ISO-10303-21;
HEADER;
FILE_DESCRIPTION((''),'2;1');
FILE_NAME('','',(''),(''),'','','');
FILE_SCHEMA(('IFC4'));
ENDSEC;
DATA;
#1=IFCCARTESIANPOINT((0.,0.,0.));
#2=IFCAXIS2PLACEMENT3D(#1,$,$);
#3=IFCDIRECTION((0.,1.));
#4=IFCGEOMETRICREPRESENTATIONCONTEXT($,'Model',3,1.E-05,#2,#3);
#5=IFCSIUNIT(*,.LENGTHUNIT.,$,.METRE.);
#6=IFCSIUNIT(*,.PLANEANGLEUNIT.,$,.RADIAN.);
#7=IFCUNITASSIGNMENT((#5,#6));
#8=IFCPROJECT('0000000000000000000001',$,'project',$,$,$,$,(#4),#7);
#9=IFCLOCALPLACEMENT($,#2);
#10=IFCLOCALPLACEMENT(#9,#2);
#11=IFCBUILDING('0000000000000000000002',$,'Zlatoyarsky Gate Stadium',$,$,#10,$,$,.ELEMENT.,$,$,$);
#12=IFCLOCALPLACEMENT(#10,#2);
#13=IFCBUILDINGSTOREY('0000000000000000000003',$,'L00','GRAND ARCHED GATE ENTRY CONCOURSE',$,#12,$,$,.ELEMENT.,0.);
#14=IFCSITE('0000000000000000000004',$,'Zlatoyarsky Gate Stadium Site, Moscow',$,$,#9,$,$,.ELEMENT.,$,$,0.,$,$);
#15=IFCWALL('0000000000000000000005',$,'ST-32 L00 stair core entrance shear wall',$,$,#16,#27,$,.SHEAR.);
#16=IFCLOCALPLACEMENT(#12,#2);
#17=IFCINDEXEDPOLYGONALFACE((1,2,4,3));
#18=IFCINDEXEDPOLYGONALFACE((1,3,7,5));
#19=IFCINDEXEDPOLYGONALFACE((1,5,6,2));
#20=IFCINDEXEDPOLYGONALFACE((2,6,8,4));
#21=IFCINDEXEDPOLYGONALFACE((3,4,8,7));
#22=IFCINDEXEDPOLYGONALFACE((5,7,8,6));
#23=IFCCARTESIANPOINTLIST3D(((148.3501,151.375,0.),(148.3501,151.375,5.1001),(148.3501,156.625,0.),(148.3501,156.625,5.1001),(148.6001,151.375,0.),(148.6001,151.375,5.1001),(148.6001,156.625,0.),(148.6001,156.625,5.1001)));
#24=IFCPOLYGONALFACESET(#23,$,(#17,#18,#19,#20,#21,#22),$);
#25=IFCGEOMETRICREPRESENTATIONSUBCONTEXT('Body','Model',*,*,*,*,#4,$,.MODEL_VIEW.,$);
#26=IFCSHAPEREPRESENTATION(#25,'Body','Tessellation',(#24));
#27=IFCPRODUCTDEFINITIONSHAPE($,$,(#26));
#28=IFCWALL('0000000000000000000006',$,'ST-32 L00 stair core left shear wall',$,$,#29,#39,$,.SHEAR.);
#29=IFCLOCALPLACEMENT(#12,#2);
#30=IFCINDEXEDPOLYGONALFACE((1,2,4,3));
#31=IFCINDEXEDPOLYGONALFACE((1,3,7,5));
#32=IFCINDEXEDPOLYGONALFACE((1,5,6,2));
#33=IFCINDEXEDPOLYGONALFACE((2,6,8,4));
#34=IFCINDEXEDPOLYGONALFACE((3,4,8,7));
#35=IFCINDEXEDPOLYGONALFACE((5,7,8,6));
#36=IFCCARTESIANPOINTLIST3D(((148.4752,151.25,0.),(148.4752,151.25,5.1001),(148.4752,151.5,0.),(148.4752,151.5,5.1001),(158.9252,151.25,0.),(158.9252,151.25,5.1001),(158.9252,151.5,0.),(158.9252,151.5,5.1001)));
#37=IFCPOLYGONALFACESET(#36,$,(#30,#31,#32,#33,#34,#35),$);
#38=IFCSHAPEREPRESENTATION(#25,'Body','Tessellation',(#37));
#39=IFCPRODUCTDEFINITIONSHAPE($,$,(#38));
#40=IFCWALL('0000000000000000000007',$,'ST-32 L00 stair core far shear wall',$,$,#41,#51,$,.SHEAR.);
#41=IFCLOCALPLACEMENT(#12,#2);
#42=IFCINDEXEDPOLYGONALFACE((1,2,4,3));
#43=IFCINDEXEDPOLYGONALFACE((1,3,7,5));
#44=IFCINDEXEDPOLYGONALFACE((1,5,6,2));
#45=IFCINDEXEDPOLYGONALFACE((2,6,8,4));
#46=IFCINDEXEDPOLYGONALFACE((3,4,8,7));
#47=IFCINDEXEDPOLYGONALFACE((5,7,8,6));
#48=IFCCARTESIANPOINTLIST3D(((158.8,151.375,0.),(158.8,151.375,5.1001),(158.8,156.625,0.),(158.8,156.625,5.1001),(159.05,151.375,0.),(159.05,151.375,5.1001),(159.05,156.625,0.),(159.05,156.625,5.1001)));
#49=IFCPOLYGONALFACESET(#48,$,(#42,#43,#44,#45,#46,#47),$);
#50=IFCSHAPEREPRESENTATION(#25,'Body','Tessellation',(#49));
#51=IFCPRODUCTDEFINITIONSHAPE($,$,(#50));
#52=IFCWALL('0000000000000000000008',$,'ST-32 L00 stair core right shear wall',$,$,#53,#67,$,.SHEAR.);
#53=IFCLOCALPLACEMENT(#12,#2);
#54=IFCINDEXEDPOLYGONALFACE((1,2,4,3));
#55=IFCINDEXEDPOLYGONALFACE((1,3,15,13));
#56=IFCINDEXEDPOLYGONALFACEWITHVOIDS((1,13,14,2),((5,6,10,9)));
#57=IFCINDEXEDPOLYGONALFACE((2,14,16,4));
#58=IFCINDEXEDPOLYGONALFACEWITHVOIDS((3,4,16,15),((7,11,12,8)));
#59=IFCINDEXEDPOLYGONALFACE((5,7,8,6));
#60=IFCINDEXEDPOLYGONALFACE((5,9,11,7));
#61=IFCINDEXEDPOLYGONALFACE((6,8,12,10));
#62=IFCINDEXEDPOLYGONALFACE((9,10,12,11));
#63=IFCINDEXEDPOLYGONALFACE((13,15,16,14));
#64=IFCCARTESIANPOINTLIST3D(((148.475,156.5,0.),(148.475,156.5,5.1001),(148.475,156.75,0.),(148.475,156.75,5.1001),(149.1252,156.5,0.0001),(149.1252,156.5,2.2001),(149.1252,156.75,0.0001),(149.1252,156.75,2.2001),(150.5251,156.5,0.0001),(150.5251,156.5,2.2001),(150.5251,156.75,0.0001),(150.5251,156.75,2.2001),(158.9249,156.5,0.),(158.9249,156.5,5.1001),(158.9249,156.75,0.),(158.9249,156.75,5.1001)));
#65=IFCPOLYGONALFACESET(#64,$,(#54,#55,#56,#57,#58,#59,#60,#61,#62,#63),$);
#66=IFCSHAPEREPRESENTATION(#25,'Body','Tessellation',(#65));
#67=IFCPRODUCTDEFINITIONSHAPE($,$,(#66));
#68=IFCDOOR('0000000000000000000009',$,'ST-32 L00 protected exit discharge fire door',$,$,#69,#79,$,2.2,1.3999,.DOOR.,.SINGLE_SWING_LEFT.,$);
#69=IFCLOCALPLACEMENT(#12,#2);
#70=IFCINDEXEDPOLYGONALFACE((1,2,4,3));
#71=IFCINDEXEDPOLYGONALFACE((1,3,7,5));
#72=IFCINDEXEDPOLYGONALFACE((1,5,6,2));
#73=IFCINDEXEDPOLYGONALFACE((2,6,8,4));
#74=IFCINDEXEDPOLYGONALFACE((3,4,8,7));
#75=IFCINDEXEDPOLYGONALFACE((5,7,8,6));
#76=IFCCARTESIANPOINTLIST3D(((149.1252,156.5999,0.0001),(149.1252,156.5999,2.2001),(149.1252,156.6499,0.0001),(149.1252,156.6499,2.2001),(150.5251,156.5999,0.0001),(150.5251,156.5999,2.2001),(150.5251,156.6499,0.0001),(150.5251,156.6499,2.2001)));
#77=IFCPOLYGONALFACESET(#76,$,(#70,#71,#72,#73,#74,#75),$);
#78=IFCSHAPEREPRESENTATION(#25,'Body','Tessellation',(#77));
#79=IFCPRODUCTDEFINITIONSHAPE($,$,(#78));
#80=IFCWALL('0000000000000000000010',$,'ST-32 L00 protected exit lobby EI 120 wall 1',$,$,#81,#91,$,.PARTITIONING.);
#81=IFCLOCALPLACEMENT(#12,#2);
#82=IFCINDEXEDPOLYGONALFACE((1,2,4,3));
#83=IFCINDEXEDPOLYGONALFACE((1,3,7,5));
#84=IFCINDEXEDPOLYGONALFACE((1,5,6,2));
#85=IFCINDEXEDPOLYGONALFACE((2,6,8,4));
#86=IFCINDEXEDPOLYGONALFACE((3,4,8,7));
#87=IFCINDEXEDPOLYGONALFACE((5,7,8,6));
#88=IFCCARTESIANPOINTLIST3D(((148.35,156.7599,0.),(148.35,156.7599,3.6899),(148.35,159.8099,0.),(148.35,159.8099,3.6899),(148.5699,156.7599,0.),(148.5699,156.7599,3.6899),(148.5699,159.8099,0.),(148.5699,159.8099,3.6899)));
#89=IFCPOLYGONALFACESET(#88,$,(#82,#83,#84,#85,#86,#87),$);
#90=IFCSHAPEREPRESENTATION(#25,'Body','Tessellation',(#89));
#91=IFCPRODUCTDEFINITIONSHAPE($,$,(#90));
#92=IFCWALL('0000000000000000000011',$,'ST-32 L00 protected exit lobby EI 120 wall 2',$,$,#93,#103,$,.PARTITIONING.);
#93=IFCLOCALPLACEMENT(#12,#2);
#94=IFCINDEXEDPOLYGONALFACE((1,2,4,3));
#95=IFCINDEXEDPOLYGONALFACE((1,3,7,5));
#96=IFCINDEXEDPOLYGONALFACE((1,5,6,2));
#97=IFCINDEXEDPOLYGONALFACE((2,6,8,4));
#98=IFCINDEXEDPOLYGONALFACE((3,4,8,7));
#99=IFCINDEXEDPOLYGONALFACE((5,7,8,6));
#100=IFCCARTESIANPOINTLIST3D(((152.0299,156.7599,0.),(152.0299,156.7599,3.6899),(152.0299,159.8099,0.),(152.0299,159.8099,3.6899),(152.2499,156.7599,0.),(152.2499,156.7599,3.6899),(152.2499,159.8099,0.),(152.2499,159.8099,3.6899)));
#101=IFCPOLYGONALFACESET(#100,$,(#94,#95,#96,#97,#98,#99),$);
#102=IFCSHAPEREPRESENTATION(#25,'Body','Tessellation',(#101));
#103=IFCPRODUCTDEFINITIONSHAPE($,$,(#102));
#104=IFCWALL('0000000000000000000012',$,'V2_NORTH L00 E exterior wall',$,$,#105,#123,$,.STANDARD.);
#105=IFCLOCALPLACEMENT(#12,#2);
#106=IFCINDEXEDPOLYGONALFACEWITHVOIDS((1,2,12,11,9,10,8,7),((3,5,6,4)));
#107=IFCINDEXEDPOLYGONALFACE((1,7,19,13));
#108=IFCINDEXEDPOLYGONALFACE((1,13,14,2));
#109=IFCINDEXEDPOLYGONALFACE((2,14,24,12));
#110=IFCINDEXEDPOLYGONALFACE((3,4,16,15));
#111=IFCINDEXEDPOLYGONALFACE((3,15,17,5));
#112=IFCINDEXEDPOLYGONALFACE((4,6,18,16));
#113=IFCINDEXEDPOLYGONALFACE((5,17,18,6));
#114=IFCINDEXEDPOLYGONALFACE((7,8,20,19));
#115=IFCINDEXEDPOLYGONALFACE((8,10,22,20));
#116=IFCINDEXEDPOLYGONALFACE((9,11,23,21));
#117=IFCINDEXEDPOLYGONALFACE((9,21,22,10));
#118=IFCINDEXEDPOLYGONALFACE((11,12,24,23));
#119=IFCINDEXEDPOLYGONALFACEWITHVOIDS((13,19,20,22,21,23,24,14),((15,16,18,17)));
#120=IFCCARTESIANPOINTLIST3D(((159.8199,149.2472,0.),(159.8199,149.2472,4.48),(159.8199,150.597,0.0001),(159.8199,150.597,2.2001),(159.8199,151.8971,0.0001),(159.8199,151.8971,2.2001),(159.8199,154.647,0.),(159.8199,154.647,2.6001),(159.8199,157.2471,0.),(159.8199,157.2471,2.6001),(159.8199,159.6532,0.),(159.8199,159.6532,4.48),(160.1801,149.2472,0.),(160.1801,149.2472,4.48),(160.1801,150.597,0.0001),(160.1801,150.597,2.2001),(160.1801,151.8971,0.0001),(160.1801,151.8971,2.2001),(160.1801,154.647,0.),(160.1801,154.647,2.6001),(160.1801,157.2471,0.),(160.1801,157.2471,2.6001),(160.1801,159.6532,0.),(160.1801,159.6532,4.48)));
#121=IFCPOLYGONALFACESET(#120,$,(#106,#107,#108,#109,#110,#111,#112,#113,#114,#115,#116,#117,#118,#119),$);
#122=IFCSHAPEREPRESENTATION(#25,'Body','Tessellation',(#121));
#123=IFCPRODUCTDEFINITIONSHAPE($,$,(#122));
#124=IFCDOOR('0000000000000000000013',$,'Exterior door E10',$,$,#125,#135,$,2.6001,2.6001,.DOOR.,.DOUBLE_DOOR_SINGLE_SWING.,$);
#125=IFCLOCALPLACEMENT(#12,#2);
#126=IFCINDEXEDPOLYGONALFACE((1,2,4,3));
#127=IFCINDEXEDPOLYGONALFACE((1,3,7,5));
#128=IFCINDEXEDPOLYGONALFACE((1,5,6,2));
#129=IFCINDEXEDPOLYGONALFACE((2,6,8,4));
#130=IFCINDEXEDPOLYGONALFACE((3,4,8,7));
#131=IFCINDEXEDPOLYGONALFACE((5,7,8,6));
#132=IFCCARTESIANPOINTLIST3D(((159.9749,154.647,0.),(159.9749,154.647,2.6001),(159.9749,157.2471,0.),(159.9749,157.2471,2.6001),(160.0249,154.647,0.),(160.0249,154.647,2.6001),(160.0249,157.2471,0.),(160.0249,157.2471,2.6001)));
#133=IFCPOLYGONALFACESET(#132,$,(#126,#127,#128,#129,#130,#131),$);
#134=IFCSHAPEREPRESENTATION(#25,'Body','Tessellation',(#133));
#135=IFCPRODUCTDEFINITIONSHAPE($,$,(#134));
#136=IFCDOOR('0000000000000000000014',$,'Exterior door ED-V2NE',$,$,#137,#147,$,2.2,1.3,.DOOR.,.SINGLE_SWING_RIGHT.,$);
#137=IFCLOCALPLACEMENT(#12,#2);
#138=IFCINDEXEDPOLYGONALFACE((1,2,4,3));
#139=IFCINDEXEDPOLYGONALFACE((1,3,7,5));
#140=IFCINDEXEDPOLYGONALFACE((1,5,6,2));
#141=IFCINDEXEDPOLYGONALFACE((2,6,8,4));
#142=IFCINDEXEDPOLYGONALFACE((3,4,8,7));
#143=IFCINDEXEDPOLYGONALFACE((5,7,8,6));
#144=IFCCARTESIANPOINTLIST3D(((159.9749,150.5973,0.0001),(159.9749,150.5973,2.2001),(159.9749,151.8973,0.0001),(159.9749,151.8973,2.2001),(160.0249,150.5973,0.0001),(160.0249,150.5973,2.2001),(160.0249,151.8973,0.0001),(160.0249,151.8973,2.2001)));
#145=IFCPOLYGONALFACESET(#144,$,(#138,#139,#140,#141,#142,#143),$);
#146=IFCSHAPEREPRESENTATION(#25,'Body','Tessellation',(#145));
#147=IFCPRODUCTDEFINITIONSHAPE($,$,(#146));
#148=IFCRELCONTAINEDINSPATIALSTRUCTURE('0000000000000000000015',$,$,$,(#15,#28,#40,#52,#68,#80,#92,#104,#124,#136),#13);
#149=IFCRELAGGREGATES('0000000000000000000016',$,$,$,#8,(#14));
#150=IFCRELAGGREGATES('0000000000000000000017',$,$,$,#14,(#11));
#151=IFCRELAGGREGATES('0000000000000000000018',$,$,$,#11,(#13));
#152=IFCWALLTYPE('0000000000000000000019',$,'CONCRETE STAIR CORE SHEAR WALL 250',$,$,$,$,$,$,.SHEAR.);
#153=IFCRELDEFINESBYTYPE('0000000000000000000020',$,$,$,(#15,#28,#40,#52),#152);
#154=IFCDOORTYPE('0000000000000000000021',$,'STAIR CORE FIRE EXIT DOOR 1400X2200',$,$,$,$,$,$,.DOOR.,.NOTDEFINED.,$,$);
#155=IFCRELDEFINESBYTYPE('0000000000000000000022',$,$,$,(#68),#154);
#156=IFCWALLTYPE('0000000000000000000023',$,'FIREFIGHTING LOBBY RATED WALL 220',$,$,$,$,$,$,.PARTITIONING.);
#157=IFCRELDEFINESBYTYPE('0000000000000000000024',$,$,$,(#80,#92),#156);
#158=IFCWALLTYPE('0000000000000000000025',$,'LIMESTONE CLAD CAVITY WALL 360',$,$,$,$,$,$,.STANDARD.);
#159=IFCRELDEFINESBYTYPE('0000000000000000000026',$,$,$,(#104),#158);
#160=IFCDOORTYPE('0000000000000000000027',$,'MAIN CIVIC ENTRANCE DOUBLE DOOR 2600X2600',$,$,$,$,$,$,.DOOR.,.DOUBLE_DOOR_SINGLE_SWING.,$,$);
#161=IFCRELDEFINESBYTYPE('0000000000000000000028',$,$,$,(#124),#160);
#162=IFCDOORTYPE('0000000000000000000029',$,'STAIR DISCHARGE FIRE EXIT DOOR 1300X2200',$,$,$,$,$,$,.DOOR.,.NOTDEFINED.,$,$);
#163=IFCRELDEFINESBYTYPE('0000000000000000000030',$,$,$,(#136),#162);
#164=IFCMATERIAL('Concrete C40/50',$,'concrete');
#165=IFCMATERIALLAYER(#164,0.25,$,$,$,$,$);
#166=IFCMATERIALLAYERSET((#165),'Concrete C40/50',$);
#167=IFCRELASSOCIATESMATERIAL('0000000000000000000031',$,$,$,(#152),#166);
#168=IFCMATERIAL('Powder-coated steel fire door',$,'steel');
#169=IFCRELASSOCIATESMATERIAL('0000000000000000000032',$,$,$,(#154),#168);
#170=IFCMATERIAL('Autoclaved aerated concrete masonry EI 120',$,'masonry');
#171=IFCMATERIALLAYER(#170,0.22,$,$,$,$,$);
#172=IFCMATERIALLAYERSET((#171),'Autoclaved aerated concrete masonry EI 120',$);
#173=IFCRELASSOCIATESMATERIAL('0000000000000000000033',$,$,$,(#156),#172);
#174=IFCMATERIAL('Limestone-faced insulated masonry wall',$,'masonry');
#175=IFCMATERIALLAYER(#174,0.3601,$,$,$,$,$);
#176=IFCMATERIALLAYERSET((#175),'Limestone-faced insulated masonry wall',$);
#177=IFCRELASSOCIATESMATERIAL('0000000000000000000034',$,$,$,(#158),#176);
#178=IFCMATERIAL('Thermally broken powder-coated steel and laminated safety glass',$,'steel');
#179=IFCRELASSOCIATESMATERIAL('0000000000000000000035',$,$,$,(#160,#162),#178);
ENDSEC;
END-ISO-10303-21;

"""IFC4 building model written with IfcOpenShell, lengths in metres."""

from ifc_helpers import new_model, si_unit, direction, frame, frame_2d, origin, place, context, subcontext, project, spatial, rectangle, extrude, material, layer, layer_set, type_object, element, fill, save


model = new_model("IFC4")

# Units and contexts
model_context = context("Model", 3, precision=1e-05, world=origin(), true_north=direction((0.0, 1.0)))
body_context = subcontext(model_context, "Body", "Model", "MODEL_VIEW")
ifc_project = project(units=[si_unit("LENGTHUNIT", "METRE"), si_unit("PLANEANGLEUNIT", "RADIAN")], contexts=[model_context])

# Site, building, storey
site_placement = place(None, origin())
site = spatial("IfcSite", under=ifc_project, at=site_placement, Name="Zlatoyarsky Gate Stadium Site, Moscow", CompositionType="ELEMENT", RefElevation=0.0)
building_placement = place(site_placement, origin())
building = spatial("IfcBuilding", under=site, at=building_placement, Name="Zlatoyarsky Gate Stadium", CompositionType="ELEMENT")
storey_placement = place(building_placement, origin())
storey = spatial("IfcBuildingStorey", under=building, at=storey_placement, Name="L00", Description="GRAND ARCHED GATE ENTRY CONCOURSE", CompositionType="ELEMENT", Elevation=0.0)

# Shared definitions
ifc_material_1 = material(Name="Concrete C40/50", Category="concrete")

# Walls
ifc_layer_1 = layer(ifc_material_1, 0.25)
ifc_layer_set_1 = layer_set([ifc_layer_1], Name="Concrete C40/50")
wall_type_1 = type_object("IfcWallType", Name="CONCRETE STAIR CORE SHEAR WALL 250", PredefinedType="SHEAR", material=ifc_layer_set_1)
wall_1_placement = place(storey_placement, frame((148.4751, 156.625, 0.0), z_axis=(0.0, 0.0, 1.0), x_axis=(0.0, -1.0, 0.0)))
element("IfcWall", 1, at=wall_1_placement, inside=storey, type_object=wall_type_1, Name="ST-32 L00 stair core entrance shear wall", PredefinedType="SHEAR", context=body_context, shape_type="SweptSolid", body=[
    extrude(rectangle(XDim=5.25, YDim=0.25, at=frame_2d((2.625, 0.0))), origin(), (0.0, 0.0, 1.0), 5.1001),
])
wall_2_placement = place(storey_placement, frame((148.4751, 151.375, 0.0), z_axis=(0.0, 0.0, 1.0), x_axis=(1.0, 0.0, 0.0)))
element("IfcWall", 2, at=wall_2_placement, inside=storey, type_object=wall_type_1, Name="ST-32 L00 stair core left shear wall", PredefinedType="SHEAR", context=body_context, shape_type="SweptSolid", body=[
    extrude(rectangle(XDim=10.45, YDim=0.25, at=frame_2d((5.2251, 0.0))), origin(), (0.0, 0.0, 1.0), 5.1001),
])
wall_3_placement = place(storey_placement, frame((158.925, 151.375, 0.0), z_axis=(0.0, 0.0, 1.0), x_axis=(0.0, 1.0, 0.0)))
element("IfcWall", 3, at=wall_3_placement, inside=storey, type_object=wall_type_1, Name="ST-32 L00 stair core far shear wall", PredefinedType="SHEAR", context=body_context, shape_type="SweptSolid", body=[
    extrude(rectangle(XDim=5.25, YDim=0.25, at=frame_2d((2.625, 0.0))), origin(), (0.0, 0.0, 1.0), 5.1001),
])

# Wall, opening, door
wall_4_placement = place(storey_placement, frame((158.925, 156.625, 0.0), z_axis=(0.0, 0.0, 1.0), x_axis=(-1.0, 0.0, 0.0)))
wall_4 = element("IfcWall", 4, at=wall_4_placement, inside=storey, type_object=wall_type_1, Name="ST-32 L00 stair core right shear wall", PredefinedType="SHEAR", context=body_context, shape_type="SweptSolid", body=[
    extrude(rectangle(XDim=10.45, YDim=0.25, at=frame_2d((5.2251, 0.0))), origin(), (0.0, 0.0, 1.0), 5.1001),
])
opening_1_placement = place(wall_4_placement, frame((8.3999, 0.0, 0.0)))
opening_1 = element("IfcOpeningElement", 5, at=opening_1_placement, cuts=wall_4, PredefinedType="OPENING", context=body_context, shape_type="SweptSolid", body=[
    extrude(rectangle(XDim=1.3999, YDim=2.2, at=frame_2d((0.7, 1.1001))), frame((0.0, 0.135, 0.0), z_axis=(0.0, -1.0, 0.0), x_axis=(1.0, 0.0, 0.0)), (0.0, 0.0, 1.0), 0.27),
])
ifc_material_2 = material(Name="Powder-coated steel fire door", Category="steel")
door_type_1 = type_object("IfcDoorType", Name="STAIR CORE FIRE EXIT DOOR 1400X2200", OperationType="NOTDEFINED", PredefinedType="DOOR", material=ifc_material_2)
door_1_placement = place(opening_1_placement, frame((1.3999, 0.0, 0.0), z_axis=(0.0, 0.0, 1.0), x_axis=(-1.0, 0.0, 0.0)))
door_1 = element("IfcDoor", 6, at=door_1_placement, inside=storey, type_object=door_type_1, Name="ST-32 L00 protected exit discharge fire door", OperationType="SINGLE_SWING_LEFT", OverallHeight=2.2, OverallWidth=1.3999, PredefinedType="DOOR", context=body_context, shape_type="SweptSolid", body=[
    extrude(rectangle(XDim=1.3999, YDim=2.2, at=frame_2d((0.7, 1.1001))), frame((0.0, 0.0249, 0.0), z_axis=(0.0, -1.0, 0.0), x_axis=(1.0, 0.0, 0.0)), (0.0, 0.0, 1.0), 0.05),
])
fill(opening_1, door_1)

# Walls
ifc_material_3 = material(Name="Autoclaved aerated concrete masonry EI 120", Category="masonry")
ifc_layer_2 = layer(ifc_material_3, 0.22)
ifc_layer_set_2 = layer_set([ifc_layer_2], Name="Autoclaved aerated concrete masonry EI 120")
wall_type_2 = type_object("IfcWallType", Name="FIREFIGHTING LOBBY RATED WALL 220", PredefinedType="PARTITIONING", material=ifc_layer_set_2)
for number, where, z_axis, x_axis, name in (
    (7, (148.46, 156.76, 0.0), (0.0, 0.0, 1.0), (0.0, 1.0, 0.0), "ST-32 L00 protected exit lobby EI 120 wall 1"),
    (8, (152.1399, 156.76, 0.0), (0.0, 0.0, 1.0), (0.0, 1.0, 0.0), "ST-32 L00 protected exit lobby EI 120 wall 2"),
):
    element("IfcWall", number, at=place(storey_placement, frame(where, z_axis=z_axis, x_axis=x_axis)), inside=storey, type_object=wall_type_2, Name=name, PredefinedType="PARTITIONING", context=body_context, shape_type="SweptSolid", body=[
        extrude(rectangle(XDim=3.05, YDim=0.22, at=frame_2d((1.5249, 0.0))), origin(), (0.0, 0.0, 1.0), 3.6899),
    ])

# Wall, openings, doors
ifc_material_4 = material(Name="Limestone-faced insulated masonry wall", Category="masonry")
ifc_layer_3 = layer(ifc_material_4, 0.3601)
ifc_layer_set_3 = layer_set([ifc_layer_3], Name="Limestone-faced insulated masonry wall")
wall_type_3 = type_object("IfcWallType", Name="LIMESTONE CLAD CAVITY WALL 360", PredefinedType="STANDARD", material=ifc_layer_set_3)
wall_5_placement = place(storey_placement, frame((160.0, 149.2471, 0.0), z_axis=(0.0, 0.0, 1.0), x_axis=(0.0, 1.0, 0.0)))
wall_5 = element("IfcWall", 9, at=wall_5_placement, inside=storey, type_object=wall_type_3, Name="V2_NORTH L00 E exterior wall", PredefinedType="STANDARD", context=body_context, shape_type="SweptSolid", body=[
    extrude(rectangle(XDim=10.406, YDim=0.3601, at=frame_2d((5.2031, 0.0))), origin(), (0.0, 0.0, 1.0), 4.48),
])
opening_2_placement = place(wall_5_placement, frame((1.3501, 0.0, 0.0)))
opening_2 = element("IfcOpeningElement", 10, at=opening_2_placement, cuts=wall_5, PredefinedType="OPENING", context=body_context, shape_type="SweptSolid", body=[
    extrude(rectangle(XDim=1.3, YDim=2.2, at=frame_2d((0.6499, 1.1001))), frame((0.0, 0.1899, 0.0), z_axis=(0.0, -1.0, 0.0), x_axis=(1.0, 0.0, 0.0)), (0.0, 0.0, 1.0), 0.3801),
])
opening_3_placement = place(wall_5_placement, frame((5.3999, 0.0, 0.0)))
opening_3 = element("IfcOpeningElement", 11, at=opening_3_placement, cuts=wall_5, PredefinedType="OPENING", context=body_context, shape_type="SweptSolid", body=[
    extrude(rectangle(XDim=2.6001, YDim=2.6001, at=frame_2d((1.3, 1.3))), frame((0.0, 0.1899, 0.0), z_axis=(0.0, -1.0, 0.0), x_axis=(1.0, 0.0, 0.0)), (0.0, 0.0, 1.0), 0.3801),
])
ifc_material_5 = material(Name="Thermally broken powder-coated steel and laminated safety glass", Category="steel")
door_type_2 = type_object("IfcDoorType", Name="MAIN CIVIC ENTRANCE DOUBLE DOOR 2600X2600", OperationType="DOUBLE_DOOR_SINGLE_SWING", PredefinedType="DOOR", material=ifc_material_5)
door_2_placement = place(opening_3_placement, frame((2.6001, 0.0, 0.0), z_axis=(0.0, 0.0, 1.0), x_axis=(-1.0, 0.0, 0.0)))
door_2 = element("IfcDoor", 12, at=door_2_placement, inside=storey, type_object=door_type_2, Name="Exterior door E10", OperationType="DOUBLE_DOOR_SINGLE_SWING", OverallHeight=2.6001, OverallWidth=2.6001, PredefinedType="DOOR", context=body_context, shape_type="SweptSolid", body=[
    extrude(rectangle(XDim=2.6001, YDim=2.6001, at=frame_2d((1.3, 1.3))), frame((0.0, 0.0249, 0.0), z_axis=(0.0, -1.0, 0.0), x_axis=(1.0, 0.0, 0.0)), (0.0, 0.0, 1.0), 0.05),
])
fill(opening_3, door_2)
door_type_3 = type_object("IfcDoorType", Name="STAIR DISCHARGE FIRE EXIT DOOR 1300X2200", OperationType="NOTDEFINED", PredefinedType="DOOR", material=ifc_material_5)
door_3_placement = place(opening_2_placement, frame((1.3, 0.0, 0.0), z_axis=(0.0, 0.0, 1.0), x_axis=(-1.0, 0.0, 0.0)))
door_3 = element("IfcDoor", 13, at=door_3_placement, inside=storey, type_object=door_type_3, Name="Exterior door ED-V2NE", OperationType="SINGLE_SWING_RIGHT", OverallHeight=2.2, OverallWidth=1.3, PredefinedType="DOOR", context=body_context, shape_type="SweptSolid", body=[
    extrude(rectangle(XDim=1.3, YDim=2.2, at=frame_2d((0.6499, 1.1001))), frame((0.0, 0.0249, 0.0), z_axis=(0.0, -1.0, 0.0), x_axis=(1.0, 0.0, 0.0)), (0.0, 0.0, 1.0), 0.05),
])
fill(opening_2, door_3)

save(model, "model.ifc")
